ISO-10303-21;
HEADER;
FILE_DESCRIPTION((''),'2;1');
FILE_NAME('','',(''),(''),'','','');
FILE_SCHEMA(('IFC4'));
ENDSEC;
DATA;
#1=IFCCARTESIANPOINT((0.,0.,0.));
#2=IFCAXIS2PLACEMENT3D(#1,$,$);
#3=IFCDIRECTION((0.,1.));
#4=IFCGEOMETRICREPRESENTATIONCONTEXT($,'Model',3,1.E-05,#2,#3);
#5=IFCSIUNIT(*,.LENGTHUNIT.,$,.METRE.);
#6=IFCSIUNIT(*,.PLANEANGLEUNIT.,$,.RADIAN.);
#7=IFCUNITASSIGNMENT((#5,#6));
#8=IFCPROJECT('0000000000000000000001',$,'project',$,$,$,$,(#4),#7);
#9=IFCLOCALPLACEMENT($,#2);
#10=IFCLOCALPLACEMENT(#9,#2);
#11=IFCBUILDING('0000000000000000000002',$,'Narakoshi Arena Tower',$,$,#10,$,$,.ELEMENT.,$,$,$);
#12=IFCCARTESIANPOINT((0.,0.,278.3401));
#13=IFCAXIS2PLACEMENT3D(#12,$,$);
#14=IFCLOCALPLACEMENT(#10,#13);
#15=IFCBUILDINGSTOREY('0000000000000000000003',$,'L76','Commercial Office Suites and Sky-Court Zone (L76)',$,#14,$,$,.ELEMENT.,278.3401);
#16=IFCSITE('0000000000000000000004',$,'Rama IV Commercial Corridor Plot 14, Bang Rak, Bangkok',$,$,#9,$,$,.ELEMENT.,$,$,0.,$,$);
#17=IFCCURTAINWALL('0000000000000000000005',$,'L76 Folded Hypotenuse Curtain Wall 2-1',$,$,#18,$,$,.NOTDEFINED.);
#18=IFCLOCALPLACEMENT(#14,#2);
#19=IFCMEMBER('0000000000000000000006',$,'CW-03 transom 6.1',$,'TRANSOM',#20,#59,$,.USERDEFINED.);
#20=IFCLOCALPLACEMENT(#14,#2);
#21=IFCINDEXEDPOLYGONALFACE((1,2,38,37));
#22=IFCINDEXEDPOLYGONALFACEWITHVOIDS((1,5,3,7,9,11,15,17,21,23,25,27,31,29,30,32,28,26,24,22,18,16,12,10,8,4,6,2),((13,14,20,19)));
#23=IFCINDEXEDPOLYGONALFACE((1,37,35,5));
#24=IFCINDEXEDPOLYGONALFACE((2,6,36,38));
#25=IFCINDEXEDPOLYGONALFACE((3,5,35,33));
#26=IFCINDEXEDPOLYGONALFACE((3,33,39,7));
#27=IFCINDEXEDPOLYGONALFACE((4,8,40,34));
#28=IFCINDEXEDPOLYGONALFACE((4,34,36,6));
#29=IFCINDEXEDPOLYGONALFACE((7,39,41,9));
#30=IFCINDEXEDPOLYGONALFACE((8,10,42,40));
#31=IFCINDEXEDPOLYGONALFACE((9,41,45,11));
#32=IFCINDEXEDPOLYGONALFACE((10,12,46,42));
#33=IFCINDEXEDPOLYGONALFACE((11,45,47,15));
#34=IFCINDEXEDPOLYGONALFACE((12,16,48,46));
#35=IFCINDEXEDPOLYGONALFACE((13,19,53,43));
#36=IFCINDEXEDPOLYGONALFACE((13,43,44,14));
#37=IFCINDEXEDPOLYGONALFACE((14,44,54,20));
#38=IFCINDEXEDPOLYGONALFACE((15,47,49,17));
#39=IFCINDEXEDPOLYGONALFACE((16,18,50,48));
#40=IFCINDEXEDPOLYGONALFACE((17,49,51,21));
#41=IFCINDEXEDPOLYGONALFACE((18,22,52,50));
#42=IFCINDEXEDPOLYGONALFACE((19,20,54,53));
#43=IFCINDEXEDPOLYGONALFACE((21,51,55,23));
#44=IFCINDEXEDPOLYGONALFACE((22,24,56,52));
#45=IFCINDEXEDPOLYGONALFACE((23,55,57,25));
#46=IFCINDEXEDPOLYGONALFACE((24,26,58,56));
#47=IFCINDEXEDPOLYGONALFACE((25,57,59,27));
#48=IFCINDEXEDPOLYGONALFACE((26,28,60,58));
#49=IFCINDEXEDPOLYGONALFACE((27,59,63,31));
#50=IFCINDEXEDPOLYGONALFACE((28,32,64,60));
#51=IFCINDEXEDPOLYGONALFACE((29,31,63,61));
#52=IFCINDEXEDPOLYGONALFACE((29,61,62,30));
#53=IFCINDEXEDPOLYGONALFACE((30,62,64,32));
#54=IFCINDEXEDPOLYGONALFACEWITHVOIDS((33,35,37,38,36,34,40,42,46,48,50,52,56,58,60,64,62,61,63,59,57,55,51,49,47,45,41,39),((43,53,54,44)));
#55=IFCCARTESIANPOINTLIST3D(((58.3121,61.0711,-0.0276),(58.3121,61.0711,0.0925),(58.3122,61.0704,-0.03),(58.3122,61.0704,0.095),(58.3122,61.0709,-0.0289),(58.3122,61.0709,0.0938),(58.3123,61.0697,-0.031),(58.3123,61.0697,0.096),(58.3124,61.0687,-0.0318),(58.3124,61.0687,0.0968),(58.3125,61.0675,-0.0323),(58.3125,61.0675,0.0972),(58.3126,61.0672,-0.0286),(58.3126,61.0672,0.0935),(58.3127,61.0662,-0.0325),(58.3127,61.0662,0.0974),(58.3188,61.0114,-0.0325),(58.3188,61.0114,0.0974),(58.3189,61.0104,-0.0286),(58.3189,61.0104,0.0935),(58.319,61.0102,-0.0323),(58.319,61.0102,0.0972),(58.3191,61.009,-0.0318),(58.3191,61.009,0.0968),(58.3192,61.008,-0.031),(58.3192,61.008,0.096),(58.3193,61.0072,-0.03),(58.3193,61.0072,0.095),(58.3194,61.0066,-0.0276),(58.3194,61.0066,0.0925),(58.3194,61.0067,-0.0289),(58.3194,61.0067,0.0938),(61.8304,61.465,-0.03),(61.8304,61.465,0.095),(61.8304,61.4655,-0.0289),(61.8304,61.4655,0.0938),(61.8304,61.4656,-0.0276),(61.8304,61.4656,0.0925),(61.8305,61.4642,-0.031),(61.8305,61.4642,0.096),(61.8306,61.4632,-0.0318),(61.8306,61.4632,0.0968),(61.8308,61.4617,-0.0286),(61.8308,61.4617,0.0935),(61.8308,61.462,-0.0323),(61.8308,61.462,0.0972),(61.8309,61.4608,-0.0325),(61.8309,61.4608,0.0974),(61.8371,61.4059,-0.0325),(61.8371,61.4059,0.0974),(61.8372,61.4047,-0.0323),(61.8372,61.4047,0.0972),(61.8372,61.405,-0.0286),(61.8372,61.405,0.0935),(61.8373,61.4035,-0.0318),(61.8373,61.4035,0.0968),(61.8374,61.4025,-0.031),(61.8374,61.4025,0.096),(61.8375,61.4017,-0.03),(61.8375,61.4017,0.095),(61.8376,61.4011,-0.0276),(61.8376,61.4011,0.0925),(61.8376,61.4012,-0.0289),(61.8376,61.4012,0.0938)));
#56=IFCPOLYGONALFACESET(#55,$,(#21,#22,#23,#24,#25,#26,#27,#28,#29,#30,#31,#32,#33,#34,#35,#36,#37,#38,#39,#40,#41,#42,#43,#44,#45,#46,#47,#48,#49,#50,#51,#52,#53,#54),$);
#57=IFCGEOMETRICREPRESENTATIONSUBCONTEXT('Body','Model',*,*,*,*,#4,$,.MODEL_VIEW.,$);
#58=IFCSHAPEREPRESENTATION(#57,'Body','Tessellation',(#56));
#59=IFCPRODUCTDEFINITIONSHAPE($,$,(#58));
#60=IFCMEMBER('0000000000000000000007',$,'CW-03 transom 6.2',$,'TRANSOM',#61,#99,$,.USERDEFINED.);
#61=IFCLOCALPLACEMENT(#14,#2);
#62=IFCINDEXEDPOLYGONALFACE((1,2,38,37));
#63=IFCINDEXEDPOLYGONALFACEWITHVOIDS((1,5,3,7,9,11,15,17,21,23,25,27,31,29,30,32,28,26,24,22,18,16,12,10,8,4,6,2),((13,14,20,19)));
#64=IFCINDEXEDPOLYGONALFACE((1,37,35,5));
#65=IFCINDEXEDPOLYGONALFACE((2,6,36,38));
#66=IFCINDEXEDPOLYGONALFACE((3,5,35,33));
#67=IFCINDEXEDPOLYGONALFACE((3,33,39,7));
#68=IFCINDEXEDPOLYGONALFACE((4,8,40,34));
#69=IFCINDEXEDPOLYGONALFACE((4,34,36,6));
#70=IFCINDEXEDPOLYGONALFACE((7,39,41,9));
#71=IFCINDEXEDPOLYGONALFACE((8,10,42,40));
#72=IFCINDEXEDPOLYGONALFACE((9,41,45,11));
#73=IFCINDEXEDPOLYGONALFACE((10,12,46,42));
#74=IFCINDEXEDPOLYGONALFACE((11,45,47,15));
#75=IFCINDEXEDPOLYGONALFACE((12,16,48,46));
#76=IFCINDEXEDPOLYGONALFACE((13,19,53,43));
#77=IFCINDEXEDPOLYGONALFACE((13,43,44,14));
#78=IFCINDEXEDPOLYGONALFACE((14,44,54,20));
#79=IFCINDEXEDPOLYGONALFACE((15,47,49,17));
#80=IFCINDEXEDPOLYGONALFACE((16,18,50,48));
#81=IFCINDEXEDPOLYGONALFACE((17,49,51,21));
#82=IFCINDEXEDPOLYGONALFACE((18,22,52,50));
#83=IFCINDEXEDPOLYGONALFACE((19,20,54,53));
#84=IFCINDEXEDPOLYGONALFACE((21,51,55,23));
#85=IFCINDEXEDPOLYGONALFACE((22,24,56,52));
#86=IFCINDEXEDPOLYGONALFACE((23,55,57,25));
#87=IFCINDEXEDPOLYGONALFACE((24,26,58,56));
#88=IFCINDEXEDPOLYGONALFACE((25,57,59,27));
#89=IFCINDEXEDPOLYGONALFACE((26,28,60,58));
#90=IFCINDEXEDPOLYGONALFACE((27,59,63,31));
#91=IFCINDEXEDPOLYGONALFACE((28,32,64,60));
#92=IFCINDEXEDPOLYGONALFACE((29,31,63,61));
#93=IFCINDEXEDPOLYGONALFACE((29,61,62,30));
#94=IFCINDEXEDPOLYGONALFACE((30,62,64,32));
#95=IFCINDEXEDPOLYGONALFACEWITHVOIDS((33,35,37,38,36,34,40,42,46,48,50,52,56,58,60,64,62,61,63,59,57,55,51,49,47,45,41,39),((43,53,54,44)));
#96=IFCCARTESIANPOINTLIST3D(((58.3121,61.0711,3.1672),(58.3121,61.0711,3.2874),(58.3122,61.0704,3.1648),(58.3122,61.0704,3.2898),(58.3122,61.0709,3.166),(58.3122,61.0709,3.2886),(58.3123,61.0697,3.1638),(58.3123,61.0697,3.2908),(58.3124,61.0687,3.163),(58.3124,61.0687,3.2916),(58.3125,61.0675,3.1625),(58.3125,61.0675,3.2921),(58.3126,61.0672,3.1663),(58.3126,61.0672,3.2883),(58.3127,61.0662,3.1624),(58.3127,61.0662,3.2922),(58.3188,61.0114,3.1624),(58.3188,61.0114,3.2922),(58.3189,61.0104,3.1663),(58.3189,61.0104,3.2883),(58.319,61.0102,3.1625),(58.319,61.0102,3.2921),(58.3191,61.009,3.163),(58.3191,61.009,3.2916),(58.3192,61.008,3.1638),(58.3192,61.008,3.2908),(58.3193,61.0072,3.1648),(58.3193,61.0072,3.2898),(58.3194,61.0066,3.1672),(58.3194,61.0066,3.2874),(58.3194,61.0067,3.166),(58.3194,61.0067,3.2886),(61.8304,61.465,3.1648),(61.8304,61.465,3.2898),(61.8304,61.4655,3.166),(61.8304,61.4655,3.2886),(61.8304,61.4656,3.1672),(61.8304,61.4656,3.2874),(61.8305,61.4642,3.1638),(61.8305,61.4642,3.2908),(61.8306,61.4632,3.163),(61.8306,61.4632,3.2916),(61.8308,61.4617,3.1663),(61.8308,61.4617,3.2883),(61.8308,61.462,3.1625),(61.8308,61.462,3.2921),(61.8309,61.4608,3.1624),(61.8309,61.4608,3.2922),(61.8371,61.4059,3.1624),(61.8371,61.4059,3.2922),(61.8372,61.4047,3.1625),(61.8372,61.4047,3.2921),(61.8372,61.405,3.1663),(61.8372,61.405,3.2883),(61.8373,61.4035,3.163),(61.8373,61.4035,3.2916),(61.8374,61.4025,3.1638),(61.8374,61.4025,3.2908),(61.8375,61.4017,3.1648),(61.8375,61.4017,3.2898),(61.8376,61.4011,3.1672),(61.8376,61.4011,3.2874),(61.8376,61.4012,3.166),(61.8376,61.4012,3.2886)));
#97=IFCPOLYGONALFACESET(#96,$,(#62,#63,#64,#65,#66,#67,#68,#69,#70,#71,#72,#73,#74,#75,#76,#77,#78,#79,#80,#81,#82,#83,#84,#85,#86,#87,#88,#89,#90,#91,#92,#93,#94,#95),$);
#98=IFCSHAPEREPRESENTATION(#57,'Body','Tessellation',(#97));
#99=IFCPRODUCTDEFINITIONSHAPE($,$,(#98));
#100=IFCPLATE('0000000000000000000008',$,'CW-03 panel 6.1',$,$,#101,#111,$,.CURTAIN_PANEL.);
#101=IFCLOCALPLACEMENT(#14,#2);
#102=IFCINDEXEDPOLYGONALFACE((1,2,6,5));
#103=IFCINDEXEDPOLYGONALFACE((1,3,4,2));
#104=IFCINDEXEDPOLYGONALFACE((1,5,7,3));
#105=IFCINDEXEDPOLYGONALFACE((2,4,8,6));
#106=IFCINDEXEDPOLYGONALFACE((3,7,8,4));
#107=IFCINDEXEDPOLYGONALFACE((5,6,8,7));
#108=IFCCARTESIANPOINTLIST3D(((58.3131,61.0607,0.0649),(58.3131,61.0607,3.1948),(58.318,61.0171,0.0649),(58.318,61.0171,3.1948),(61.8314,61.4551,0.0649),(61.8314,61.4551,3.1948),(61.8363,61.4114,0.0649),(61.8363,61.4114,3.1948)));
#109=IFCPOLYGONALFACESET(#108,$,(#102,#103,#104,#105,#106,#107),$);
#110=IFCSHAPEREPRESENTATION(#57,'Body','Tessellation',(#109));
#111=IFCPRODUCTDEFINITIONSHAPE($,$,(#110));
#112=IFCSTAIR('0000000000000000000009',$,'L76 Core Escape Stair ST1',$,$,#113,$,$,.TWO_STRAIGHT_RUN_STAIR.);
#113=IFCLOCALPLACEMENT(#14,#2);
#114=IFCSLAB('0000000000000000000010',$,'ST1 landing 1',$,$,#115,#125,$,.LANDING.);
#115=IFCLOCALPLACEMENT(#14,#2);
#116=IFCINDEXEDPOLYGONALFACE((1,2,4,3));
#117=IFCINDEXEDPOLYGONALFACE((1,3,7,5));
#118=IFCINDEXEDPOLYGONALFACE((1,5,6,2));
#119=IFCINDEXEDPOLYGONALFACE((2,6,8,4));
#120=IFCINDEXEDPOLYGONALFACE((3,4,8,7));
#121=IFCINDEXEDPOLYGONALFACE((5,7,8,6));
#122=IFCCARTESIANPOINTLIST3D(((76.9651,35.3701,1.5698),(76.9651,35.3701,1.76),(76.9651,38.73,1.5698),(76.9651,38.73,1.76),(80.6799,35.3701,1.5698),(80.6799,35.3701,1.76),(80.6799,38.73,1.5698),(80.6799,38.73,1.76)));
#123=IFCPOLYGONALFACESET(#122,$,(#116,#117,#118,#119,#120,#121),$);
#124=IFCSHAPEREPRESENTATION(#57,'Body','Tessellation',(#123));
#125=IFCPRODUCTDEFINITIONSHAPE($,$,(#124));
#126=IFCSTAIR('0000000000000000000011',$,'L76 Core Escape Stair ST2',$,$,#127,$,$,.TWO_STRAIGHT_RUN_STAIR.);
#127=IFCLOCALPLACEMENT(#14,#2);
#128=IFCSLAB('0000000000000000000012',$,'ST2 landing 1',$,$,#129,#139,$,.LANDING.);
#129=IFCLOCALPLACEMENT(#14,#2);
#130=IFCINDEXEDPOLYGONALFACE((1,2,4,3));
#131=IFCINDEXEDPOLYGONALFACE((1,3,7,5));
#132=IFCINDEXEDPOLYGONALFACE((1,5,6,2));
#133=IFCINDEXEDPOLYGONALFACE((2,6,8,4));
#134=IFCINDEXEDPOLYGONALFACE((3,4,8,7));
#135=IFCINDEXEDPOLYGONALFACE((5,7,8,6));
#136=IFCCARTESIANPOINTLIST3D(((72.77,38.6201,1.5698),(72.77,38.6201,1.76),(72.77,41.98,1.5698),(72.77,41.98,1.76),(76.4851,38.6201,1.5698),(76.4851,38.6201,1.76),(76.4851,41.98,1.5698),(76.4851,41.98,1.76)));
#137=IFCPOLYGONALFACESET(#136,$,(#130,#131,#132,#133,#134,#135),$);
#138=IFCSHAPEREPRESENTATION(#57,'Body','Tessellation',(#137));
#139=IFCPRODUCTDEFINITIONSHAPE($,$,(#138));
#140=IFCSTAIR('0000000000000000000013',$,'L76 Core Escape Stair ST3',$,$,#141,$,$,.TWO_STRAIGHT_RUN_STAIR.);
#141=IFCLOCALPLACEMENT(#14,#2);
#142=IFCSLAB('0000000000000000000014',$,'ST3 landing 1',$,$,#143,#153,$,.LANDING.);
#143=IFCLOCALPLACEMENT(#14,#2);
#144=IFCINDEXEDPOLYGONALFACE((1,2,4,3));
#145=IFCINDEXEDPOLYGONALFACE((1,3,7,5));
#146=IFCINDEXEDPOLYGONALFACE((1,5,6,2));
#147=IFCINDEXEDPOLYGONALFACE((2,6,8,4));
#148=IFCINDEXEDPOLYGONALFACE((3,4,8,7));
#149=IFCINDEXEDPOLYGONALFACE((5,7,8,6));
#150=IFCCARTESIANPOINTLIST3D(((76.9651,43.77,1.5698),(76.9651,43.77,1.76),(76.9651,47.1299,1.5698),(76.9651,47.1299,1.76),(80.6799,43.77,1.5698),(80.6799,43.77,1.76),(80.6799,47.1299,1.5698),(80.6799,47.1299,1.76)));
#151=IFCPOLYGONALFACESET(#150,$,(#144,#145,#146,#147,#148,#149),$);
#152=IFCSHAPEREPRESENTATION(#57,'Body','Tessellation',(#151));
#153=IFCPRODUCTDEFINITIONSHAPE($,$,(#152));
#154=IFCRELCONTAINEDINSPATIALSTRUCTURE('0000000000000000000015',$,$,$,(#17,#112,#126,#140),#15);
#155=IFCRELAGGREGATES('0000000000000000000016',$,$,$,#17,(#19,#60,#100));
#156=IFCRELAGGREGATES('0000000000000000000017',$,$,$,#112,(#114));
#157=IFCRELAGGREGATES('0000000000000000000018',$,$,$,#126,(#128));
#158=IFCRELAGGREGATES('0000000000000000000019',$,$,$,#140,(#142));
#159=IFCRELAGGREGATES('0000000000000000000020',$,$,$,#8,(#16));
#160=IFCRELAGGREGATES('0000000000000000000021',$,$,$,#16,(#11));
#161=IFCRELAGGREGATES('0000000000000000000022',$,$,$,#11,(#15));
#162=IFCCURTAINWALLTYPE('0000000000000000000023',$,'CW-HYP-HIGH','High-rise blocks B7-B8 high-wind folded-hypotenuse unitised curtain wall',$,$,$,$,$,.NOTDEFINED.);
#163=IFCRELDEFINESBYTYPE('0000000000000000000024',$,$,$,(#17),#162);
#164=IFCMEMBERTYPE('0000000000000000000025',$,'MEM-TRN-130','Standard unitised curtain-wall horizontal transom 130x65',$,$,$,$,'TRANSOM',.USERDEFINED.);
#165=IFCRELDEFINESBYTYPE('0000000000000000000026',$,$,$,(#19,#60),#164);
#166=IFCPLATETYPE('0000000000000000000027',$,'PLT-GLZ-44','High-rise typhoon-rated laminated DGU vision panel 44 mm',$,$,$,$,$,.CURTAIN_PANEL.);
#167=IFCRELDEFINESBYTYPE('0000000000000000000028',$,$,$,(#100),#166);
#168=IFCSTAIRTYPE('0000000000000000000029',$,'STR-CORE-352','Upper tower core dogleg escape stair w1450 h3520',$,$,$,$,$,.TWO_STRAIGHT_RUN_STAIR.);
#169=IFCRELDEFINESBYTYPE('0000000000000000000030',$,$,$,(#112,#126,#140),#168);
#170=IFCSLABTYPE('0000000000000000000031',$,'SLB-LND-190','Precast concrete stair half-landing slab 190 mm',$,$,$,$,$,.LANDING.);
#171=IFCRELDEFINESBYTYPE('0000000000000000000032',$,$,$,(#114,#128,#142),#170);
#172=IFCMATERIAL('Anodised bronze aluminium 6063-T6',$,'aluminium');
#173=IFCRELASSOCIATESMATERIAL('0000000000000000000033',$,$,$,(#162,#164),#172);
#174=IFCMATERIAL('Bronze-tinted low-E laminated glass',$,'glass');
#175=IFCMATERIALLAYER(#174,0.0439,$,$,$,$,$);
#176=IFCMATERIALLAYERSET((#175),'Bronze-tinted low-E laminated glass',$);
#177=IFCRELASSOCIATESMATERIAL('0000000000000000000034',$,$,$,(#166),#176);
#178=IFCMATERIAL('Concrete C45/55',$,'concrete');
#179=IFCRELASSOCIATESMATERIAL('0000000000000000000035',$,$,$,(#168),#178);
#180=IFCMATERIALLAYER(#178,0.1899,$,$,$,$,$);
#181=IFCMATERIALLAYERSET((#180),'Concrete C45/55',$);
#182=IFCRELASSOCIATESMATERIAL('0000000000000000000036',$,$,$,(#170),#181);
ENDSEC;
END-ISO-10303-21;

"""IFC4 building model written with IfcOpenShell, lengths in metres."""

from ifc_helpers import new_model, si_unit, direction, frame, origin, origin_2d, place, context, subcontext, project, spatial, polyline, rectangle, hollow_rectangle, outline, extrude, material, layer, layer_set, material_profile, profile_set, type_object, element, aggregate, save


model = new_model("IFC4")

# Units and contexts
model_context = context("Model", 3, precision=1e-05, world=origin(), true_north=direction((0.0, 1.0)))
body_context = subcontext(model_context, "Body", "Model", "MODEL_VIEW")
ifc_project = project(units=[si_unit("LENGTHUNIT", "METRE"), si_unit("PLANEANGLEUNIT", "RADIAN")], contexts=[model_context])

# Site, building, storey
site_placement = place(None, origin())
site = spatial("IfcSite", under=ifc_project, at=site_placement, Name="Rama IV Commercial Corridor Plot 14, Bang Rak, Bangkok", CompositionType="ELEMENT", RefElevation=0.0)
building_placement = place(site_placement, origin())
building = spatial("IfcBuilding", under=site, at=building_placement, Name="Narakoshi Arena Tower", CompositionType="ELEMENT")
storey_placement = place(building_placement, frame((0.0, 0.0, 278.3401)))
storey = spatial("IfcBuildingStorey", under=building, at=storey_placement, Name="L76", Description="Commercial Office Suites and Sky-Court Zone (L76)", CompositionType="ELEMENT", Elevation=278.3401)

# Curtain wall, members, plate
ifc_material_1 = material(Name="Anodised bronze aluminium 6063-T6", Category="aluminium")
curtain_wall_type = type_object("IfcCurtainWallType", Name="CW-HYP-HIGH", Description="High-rise blocks B7-B8 high-wind folded-hypotenuse unitised curtain wall", PredefinedType="NOTDEFINED", material=ifc_material_1)
curtain_wall_placement = place(storey_placement, origin())
curtain_wall = element("IfcCurtainWall", 1, at=curtain_wall_placement, inside=storey, type_object=curtain_wall_type, Name="L76 Folded Hypotenuse Curtain Wall 2-1", PredefinedType="NOTDEFINED")
ifc_material_profile_1 = material_profile(ifc_material_1, hollow_rectangle(XDim=0.0649, YDim=0.1299, WallThickness=0.0039, OuterFilletRadius=0.0049, at=origin_2d()), Name="TRN130x65x4")
ifc_profile_set_1 = profile_set([ifc_material_profile_1], Name="Anodised bronze aluminium 6063-T6")
member_type_1 = type_object("IfcMemberType", Name="MEM-TRN-130", Description="Standard unitised curtain-wall horizontal transom 130x65", ElementType="TRANSOM", PredefinedType="USERDEFINED", material=ifc_profile_set_1)
member_1_placement = place(storey_placement, frame((61.834, 61.4333, 0.0325), z_axis=(-0.993771, -0.111438, 0.0), x_axis=(0.111438, -0.993771, 0.0)))
member_1 = element("IfcMember", 2, at=member_1_placement, type_object=member_type_1, Name="CW-03 transom 6.1", ObjectType="TRANSOM", PredefinedType="USERDEFINED", context=body_context, shape_type="SweptSolid", body=[
    extrude(hollow_rectangle(XDim=0.0649, YDim=0.1299, WallThickness=0.0039, OuterFilletRadius=0.0049, at=origin_2d()), origin(), (0.0, 0.0, 1.0), 3.5403),
])
member_2_placement = place(storey_placement, frame((61.834, 61.4333, 3.2273), z_axis=(-0.993771, -0.111438, 0.0), x_axis=(0.111438, -0.993771, 0.0)))
member_2 = element("IfcMember", 3, at=member_2_placement, type_object=member_type_1, Name="CW-03 transom 6.2", ObjectType="TRANSOM", PredefinedType="USERDEFINED", context=body_context, shape_type="SweptSolid", body=[
    extrude(hollow_rectangle(XDim=0.0649, YDim=0.1299, WallThickness=0.0039, OuterFilletRadius=0.0049, at=origin_2d()), origin(), (0.0, 0.0, 1.0), 3.5403),
])
ifc_material_2 = material(Name="Bronze-tinted low-E laminated glass", Category="glass")
ifc_layer_1 = layer(ifc_material_2, 0.0439)
ifc_layer_set_1 = layer_set([ifc_layer_1], Name="Bronze-tinted low-E laminated glass")
plate_type = type_object("IfcPlateType", Name="PLT-GLZ-44", Description="High-rise typhoon-rated laminated DGU vision panel 44 mm", PredefinedType="CURTAIN_PANEL", material=ifc_layer_set_1)
plate_placement = place(storey_placement, frame((60.0747, 61.2361, 0.0649), z_axis=(0.0, 0.0, 1.0), x_axis=(-0.993776, -0.111396, 0.0)))
plate = element("IfcPlate", 4, at=plate_placement, type_object=plate_type, Name="CW-03 panel 6.1", PredefinedType="CURTAIN_PANEL", context=body_context, shape_type="SweptSolid", body=[
    extrude(rectangle(XDim=3.5403, YDim=0.0439, at=origin_2d()), origin(), (0.0, 0.0, 1.0), 3.1299),
])
aggregate(curtain_wall, [member_1, member_2, plate])

# Stairs, slabs
ifc_material_3 = material(Name="Concrete C45/55", Category="concrete")
stair_type = type_object("IfcStairType", Name="STR-CORE-352", Description="Upper tower core dogleg escape stair w1450 h3520", PredefinedType="TWO_STRAIGHT_RUN_STAIR", material=ifc_material_3)
stair_1_placement = place(storey_placement, origin())
stair_1 = element("IfcStair", 5, at=stair_1_placement, inside=storey, type_object=stair_type, Name="L76 Core Escape Stair ST1", PredefinedType="TWO_STRAIGHT_RUN_STAIR")
ifc_layer_2 = layer(ifc_material_3, 0.1899)
ifc_layer_set_2 = layer_set([ifc_layer_2], Name="Concrete C45/55")
slab_type_1 = type_object("IfcSlabType", Name="SLB-LND-190", Description="Precast concrete stair half-landing slab 190 mm", PredefinedType="LANDING", material=ifc_layer_set_2)
slab_1_placement = place(storey_placement, frame((0.0, 0.0, 1.5698)))
slab_1 = element("IfcSlab", 6, at=slab_1_placement, type_object=slab_type_1, Name="ST1 landing 1", PredefinedType="LANDING", context=body_context, shape_type="SweptSolid", body=[
    extrude(outline(polyline([(76.9651, 35.3701), (80.6799, 35.3701), (80.6799, 38.73), (76.9651, 38.73), (76.9651, 35.3701)])), origin(), (0.0, 0.0, 1.0), 0.1902),
])
aggregate(stair_1, [slab_1])
stair_2_placement = place(storey_placement, origin())
stair_2 = element("IfcStair", 7, at=stair_2_placement, inside=storey, type_object=stair_type, Name="L76 Core Escape Stair ST2", PredefinedType="TWO_STRAIGHT_RUN_STAIR")
slab_2_placement = place(storey_placement, frame((0.0, 0.0, 1.5698)))
slab_2 = element("IfcSlab", 8, at=slab_2_placement, type_object=slab_type_1, Name="ST2 landing 1", PredefinedType="LANDING", context=body_context, shape_type="SweptSolid", body=[
    extrude(outline(polyline([(72.77, 38.6201), (76.4851, 38.6201), (76.4851, 41.98), (72.77, 41.98), (72.77, 38.6201)])), origin(), (0.0, 0.0, 1.0), 0.1902),
])
aggregate(stair_2, [slab_2])
stair_3_placement = place(storey_placement, origin())
stair_3 = element("IfcStair", 9, at=stair_3_placement, inside=storey, type_object=stair_type, Name="L76 Core Escape Stair ST3", PredefinedType="TWO_STRAIGHT_RUN_STAIR")
slab_3_placement = place(storey_placement, frame((0.0, 0.0, 1.5698)))
slab_3 = element("IfcSlab", 10, at=slab_3_placement, type_object=slab_type_1, Name="ST3 landing 1", PredefinedType="LANDING", context=body_context, shape_type="SweptSolid", body=[
    extrude(outline(polyline([(76.9651, 43.77), (80.6799, 43.77), (80.6799, 47.1299), (76.9651, 47.1299), (76.9651, 43.77)])), origin(), (0.0, 0.0, 1.0), 0.1902),
])
aggregate(stair_3, [slab_3])

save(model, "model.ifc")
